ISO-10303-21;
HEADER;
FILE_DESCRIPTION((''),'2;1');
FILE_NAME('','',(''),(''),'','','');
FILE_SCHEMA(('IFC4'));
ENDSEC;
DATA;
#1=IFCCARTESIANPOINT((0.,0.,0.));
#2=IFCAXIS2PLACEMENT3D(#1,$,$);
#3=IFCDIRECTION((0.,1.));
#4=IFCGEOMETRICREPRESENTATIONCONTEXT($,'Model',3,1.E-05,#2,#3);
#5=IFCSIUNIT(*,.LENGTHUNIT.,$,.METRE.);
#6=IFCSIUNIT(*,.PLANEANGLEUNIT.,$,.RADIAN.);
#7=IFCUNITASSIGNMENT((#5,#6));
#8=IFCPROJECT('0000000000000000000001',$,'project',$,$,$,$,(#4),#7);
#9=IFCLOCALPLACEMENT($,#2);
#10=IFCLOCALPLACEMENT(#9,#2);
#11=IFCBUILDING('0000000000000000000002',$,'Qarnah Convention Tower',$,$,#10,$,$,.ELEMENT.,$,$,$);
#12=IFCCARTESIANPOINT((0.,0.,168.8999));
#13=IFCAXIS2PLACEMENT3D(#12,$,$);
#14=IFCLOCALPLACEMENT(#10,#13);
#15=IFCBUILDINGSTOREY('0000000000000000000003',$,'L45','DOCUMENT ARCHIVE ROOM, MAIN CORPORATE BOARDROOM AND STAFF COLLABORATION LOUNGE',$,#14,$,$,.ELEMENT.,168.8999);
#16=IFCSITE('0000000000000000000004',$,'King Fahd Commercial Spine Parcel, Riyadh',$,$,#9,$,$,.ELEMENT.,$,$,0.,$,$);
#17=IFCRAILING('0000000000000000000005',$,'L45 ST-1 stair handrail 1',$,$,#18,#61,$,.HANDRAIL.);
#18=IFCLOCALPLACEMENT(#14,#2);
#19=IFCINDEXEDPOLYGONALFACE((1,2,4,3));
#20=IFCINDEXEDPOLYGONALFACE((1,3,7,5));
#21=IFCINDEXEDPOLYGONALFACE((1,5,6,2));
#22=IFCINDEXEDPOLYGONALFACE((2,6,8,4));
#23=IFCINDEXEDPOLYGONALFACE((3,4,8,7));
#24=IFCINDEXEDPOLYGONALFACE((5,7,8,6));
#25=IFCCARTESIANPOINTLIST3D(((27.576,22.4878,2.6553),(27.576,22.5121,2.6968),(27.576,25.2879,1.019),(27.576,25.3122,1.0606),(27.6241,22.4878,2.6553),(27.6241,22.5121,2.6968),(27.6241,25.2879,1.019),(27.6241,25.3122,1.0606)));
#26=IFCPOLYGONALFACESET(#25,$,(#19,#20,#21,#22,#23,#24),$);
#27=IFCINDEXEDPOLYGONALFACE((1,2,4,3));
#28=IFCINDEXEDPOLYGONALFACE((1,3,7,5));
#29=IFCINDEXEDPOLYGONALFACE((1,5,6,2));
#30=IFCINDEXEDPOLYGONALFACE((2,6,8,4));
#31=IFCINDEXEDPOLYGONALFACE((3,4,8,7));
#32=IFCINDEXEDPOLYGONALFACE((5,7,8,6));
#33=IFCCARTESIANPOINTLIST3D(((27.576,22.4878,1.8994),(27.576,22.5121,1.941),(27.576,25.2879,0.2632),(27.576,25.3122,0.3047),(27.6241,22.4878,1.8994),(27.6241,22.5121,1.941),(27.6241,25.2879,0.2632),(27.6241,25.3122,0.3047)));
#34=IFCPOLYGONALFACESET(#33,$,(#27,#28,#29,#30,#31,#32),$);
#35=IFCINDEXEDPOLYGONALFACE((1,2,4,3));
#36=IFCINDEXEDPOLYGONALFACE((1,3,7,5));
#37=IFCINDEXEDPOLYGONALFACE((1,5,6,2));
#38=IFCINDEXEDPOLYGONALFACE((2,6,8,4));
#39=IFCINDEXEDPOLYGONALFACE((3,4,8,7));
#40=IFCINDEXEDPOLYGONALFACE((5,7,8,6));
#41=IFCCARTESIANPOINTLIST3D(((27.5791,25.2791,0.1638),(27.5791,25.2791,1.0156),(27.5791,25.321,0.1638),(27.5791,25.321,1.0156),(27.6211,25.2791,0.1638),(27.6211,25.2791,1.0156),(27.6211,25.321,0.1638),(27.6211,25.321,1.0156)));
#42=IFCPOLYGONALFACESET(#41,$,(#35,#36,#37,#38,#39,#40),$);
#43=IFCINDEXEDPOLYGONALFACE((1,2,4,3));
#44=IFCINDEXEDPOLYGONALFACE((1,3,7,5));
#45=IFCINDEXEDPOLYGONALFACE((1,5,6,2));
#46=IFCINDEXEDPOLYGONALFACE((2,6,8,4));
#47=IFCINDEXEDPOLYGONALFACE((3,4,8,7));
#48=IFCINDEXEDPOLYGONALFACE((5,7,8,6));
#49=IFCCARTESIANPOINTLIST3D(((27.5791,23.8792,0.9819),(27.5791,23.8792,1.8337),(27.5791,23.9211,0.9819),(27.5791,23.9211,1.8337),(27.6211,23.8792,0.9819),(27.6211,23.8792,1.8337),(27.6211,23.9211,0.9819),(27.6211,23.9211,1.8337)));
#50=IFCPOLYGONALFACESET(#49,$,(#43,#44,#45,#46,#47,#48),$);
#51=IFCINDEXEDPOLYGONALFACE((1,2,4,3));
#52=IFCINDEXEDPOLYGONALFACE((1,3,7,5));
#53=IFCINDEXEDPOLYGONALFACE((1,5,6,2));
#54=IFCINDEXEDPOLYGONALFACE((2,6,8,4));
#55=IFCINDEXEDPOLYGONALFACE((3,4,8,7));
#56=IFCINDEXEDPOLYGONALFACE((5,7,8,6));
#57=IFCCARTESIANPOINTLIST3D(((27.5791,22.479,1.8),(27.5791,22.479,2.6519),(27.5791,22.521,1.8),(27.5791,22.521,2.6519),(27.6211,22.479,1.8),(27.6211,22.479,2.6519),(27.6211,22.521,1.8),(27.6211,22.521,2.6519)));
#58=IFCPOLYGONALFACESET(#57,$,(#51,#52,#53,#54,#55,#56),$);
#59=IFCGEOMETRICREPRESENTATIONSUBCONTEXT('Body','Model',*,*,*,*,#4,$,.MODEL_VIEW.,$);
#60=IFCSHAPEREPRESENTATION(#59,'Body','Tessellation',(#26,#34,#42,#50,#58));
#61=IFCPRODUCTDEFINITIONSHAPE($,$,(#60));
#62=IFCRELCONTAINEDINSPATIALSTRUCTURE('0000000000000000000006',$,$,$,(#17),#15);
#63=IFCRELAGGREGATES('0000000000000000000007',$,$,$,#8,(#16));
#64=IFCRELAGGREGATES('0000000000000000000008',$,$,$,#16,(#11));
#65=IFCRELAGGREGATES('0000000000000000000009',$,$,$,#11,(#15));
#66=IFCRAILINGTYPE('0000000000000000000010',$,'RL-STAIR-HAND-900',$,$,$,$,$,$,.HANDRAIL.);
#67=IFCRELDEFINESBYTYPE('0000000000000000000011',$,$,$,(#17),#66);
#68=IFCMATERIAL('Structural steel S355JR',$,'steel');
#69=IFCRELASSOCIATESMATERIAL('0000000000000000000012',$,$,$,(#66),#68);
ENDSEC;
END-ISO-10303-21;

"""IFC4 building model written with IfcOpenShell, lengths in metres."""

from ifc_helpers import new_model, si_unit, direction, frame, origin, origin_2d, place, context, subcontext, project, spatial, rectangle, extrude, material, type_object, element, save


model = new_model("IFC4")

# Units and contexts
model_context = context("Model", 3, precision=1e-05, world=origin(), true_north=direction((0.0, 1.0)))
body_context = subcontext(model_context, "Body", "Model", "MODEL_VIEW")
ifc_project = project(units=[si_unit("LENGTHUNIT", "METRE"), si_unit("PLANEANGLEUNIT", "RADIAN")], contexts=[model_context])

# Site, building, storey
site_placement = place(None, origin())
site = spatial("IfcSite", under=ifc_project, at=site_placement, Name="King Fahd Commercial Spine Parcel, Riyadh", CompositionType="ELEMENT", RefElevation=0.0)
building_placement = place(site_placement, origin())
building = spatial("IfcBuilding", under=site, at=building_placement, Name="Qarnah Convention Tower", CompositionType="ELEMENT")
storey_placement = place(building_placement, frame((0.0, 0.0, 168.8999)))
storey = spatial("IfcBuildingStorey", under=building, at=storey_placement, Name="L45", Description="DOCUMENT ARCHIVE ROOM, MAIN CORPORATE BOARDROOM AND STAFF COLLABORATION LOUNGE", CompositionType="ELEMENT", Elevation=168.8999)

# Shared definitions
ifc_material_1 = material(Name="Structural steel S355JR", Category="steel")

# Railing
railing_type_1 = type_object("IfcRailingType", Name="RL-STAIR-HAND-900", PredefinedType="HANDRAIL", material=ifc_material_1)
railing_1_placement = place(storey_placement, frame((27.6001, 25.3, 0.1638)))
element("IfcRailing", 1, at=railing_1_placement, inside=storey, type_object=railing_type_1, Name="L45 ST-1 stair handrail 1", PredefinedType="HANDRAIL", context=body_context, shape_type="SweptSolid", body=[
    extrude(rectangle(XDim=0.0481, YDim=0.0481, at=origin_2d()), frame((0.0, 0.0, 0.876), z_axis=(0.0, -0.863394, 0.504531), x_axis=(1.0, 0.0, 0.0)), (0.0, 0.0, 1.0), 3.2432),
    extrude(rectangle(XDim=0.0481, YDim=0.0481, at=origin_2d()), frame((0.0, 0.0, 0.1201), z_axis=(0.0, -0.863394, 0.504531), x_axis=(1.0, 0.0, 0.0)), (0.0, 0.0, 1.0), 3.2432),
    extrude(rectangle(XDim=0.042, YDim=0.042, at=origin_2d()), origin(), (0.0, 0.0, 1.0), 0.8518),
    extrude(rectangle(XDim=0.042, YDim=0.042, at=origin_2d()), frame((0.0, -1.3999, 0.8181)), (0.0, 0.0, 1.0), 0.8518),
    extrude(rectangle(XDim=0.042, YDim=0.042, at=origin_2d()), frame((0.0, -2.8, 1.6362)), (0.0, 0.0, 1.0), 0.8518),
])

save(model, "model.ifc")
